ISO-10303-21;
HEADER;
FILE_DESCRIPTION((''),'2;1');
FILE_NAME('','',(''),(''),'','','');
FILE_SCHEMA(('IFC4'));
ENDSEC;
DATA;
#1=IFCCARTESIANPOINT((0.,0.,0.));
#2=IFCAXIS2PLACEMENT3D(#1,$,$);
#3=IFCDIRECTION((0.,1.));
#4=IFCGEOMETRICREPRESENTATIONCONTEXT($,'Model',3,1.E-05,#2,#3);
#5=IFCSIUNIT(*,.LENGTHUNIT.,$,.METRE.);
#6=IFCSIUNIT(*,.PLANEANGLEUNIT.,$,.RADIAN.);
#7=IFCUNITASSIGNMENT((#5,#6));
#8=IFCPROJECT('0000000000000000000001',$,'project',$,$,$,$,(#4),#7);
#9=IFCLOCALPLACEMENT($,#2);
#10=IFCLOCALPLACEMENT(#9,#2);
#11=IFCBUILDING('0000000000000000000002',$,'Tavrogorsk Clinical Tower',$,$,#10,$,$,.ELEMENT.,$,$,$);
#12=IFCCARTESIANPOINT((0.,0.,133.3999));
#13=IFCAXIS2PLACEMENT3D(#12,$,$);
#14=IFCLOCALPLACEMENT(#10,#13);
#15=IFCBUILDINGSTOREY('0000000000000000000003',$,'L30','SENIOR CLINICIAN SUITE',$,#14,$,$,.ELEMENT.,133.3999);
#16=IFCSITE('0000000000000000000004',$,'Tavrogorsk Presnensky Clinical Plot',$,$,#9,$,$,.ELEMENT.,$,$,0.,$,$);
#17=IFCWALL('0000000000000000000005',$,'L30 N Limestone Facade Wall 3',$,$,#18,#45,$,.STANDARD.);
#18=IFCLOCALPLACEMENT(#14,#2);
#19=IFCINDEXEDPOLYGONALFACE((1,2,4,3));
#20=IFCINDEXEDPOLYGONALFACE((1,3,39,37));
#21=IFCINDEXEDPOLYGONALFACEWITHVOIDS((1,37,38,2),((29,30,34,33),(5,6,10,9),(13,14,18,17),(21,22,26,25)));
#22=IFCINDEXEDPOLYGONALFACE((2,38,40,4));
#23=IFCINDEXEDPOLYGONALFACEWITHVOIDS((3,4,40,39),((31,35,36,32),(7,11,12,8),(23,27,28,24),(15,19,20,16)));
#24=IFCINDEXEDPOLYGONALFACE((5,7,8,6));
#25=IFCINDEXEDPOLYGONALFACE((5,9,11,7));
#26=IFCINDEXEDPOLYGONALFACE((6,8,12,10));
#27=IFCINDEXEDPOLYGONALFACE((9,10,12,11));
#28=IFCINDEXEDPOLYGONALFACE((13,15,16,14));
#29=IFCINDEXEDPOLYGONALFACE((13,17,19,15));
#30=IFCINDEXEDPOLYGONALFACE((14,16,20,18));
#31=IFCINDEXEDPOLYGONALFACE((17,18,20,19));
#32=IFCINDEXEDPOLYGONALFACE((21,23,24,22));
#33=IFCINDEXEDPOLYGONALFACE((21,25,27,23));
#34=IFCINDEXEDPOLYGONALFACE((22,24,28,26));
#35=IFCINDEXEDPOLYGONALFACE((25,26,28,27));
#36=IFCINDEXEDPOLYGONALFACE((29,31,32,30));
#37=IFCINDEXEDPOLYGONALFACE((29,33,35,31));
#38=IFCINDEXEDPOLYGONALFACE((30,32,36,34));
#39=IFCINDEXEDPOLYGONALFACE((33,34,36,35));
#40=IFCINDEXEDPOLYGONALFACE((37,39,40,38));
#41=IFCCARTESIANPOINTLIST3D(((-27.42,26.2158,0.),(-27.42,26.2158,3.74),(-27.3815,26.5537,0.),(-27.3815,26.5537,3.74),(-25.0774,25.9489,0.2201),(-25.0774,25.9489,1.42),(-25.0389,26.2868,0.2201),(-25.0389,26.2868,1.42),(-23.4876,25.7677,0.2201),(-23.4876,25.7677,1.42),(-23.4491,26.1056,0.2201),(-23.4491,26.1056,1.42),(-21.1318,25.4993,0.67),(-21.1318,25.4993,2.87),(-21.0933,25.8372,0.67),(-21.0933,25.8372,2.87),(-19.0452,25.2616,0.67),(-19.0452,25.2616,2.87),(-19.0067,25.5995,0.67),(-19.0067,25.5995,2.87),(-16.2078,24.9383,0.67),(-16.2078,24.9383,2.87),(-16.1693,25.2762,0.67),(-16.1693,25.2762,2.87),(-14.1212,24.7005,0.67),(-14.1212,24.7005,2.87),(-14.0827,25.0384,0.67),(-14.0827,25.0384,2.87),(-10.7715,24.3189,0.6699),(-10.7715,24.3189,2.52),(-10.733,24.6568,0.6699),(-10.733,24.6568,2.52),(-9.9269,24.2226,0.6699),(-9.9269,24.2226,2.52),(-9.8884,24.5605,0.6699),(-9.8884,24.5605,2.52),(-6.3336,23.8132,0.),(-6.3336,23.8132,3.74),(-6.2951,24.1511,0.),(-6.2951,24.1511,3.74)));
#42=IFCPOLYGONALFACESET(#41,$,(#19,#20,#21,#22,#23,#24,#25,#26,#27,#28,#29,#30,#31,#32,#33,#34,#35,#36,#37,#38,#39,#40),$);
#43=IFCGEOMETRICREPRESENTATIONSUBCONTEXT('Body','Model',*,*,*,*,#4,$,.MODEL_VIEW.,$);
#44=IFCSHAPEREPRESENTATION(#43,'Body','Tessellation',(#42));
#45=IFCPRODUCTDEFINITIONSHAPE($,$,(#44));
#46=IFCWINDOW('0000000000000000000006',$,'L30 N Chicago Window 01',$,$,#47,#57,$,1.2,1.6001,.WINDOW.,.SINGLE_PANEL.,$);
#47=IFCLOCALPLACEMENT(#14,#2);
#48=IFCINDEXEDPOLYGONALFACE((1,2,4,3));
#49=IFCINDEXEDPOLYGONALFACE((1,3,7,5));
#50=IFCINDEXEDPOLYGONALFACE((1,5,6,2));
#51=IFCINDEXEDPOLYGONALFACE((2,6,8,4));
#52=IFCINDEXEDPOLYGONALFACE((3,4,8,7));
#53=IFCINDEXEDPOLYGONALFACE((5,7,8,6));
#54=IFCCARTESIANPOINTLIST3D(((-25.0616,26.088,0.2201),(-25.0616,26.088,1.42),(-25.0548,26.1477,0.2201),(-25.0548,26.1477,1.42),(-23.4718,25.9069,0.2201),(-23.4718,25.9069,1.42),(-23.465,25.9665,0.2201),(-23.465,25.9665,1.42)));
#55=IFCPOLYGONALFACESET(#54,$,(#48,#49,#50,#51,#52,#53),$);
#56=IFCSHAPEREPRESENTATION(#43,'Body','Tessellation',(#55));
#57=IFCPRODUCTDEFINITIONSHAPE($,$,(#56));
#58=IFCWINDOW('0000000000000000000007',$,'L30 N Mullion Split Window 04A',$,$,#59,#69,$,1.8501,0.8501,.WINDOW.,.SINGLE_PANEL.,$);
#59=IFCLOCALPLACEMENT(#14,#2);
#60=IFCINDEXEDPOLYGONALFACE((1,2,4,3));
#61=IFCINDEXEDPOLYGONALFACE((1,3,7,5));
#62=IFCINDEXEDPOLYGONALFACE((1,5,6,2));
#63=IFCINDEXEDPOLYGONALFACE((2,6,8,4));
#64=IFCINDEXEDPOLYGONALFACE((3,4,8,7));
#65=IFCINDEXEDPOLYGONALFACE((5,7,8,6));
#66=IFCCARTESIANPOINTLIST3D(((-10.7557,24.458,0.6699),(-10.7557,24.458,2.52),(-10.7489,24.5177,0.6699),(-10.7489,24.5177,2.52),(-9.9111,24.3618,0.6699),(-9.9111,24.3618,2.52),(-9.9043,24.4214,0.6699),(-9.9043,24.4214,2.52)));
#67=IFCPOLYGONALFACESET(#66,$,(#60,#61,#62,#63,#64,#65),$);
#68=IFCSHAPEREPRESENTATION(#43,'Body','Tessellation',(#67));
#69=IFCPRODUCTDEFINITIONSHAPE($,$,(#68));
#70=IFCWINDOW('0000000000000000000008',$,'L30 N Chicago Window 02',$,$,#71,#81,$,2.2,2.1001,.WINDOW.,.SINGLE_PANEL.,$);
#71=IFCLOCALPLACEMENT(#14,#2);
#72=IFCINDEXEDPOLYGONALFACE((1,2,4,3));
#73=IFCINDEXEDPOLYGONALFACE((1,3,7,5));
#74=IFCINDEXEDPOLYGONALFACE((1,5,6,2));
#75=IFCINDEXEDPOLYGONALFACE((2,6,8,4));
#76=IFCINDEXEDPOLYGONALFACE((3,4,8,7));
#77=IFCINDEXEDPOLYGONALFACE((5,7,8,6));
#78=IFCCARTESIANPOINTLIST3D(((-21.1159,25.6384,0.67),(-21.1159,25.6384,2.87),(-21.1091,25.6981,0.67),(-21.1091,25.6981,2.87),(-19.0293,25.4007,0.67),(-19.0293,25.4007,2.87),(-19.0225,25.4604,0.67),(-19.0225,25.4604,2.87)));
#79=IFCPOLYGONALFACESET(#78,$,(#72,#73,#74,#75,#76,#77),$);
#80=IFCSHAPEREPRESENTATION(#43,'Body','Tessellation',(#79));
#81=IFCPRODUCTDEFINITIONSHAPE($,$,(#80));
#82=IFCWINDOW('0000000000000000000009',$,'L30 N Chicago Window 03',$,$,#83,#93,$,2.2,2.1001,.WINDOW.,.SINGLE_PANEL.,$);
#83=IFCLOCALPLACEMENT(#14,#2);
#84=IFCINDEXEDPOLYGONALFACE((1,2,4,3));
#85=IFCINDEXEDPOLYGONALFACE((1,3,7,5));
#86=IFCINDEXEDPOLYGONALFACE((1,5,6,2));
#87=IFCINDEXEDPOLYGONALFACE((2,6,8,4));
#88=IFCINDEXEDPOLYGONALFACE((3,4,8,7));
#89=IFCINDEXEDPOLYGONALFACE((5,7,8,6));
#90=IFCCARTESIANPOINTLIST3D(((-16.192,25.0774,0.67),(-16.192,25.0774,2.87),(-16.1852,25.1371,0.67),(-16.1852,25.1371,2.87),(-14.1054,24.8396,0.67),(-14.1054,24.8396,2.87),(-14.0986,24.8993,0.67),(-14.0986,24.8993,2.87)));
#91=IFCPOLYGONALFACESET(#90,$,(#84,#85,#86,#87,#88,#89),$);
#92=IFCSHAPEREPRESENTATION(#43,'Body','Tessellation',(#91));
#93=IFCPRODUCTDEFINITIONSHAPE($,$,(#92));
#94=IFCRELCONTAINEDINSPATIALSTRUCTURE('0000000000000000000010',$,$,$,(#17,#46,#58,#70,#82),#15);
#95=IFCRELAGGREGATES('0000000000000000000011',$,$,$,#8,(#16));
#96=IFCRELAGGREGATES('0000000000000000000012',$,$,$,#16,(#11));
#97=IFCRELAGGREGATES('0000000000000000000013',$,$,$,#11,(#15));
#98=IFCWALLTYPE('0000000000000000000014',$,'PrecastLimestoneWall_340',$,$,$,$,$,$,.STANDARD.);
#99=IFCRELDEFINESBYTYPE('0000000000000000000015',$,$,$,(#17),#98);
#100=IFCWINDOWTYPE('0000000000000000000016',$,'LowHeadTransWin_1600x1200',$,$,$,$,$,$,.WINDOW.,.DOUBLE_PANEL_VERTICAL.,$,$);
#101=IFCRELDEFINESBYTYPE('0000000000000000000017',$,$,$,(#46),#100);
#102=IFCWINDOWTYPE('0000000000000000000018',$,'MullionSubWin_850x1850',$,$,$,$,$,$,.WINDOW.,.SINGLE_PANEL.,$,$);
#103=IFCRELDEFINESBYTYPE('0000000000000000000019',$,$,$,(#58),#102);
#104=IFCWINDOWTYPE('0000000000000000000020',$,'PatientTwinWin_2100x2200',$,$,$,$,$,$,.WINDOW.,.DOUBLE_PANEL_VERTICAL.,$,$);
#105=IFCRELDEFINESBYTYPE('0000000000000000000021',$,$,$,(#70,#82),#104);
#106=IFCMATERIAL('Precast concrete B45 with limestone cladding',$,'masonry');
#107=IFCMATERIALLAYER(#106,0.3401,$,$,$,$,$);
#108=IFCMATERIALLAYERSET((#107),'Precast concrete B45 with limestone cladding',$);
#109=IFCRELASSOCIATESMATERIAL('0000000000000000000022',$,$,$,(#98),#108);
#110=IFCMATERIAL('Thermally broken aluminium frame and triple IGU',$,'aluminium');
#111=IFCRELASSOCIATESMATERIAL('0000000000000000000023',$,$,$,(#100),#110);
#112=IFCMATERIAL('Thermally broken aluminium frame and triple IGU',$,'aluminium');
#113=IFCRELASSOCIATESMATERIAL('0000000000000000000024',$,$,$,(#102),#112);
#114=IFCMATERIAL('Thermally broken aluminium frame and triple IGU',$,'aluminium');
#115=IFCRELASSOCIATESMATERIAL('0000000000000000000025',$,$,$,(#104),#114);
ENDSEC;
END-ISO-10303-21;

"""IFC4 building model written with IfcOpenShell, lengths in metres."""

from ifc_helpers import new_model, si_unit, direction, frame, frame_2d, origin, place, context, subcontext, project, spatial, rectangle, extrude, material, layer, layer_set, type_object, element, fill, save


model = new_model("IFC4")

# Units and contexts
model_context = context("Model", 3, precision=1e-05, world=origin(), true_north=direction((0.0, 1.0)))
body_context = subcontext(model_context, "Body", "Model", "MODEL_VIEW")
ifc_project = project(units=[si_unit("LENGTHUNIT", "METRE"), si_unit("PLANEANGLEUNIT", "RADIAN")], contexts=[model_context])

# Site, building, storey
site_placement = place(None, origin())
site = spatial("IfcSite", under=ifc_project, at=site_placement, Name="Tavrogorsk Presnensky Clinical Plot", CompositionType="ELEMENT", RefElevation=0.0)
building_placement = place(site_placement, origin())
building = spatial("IfcBuilding", under=site, at=building_placement, Name="Tavrogorsk Clinical Tower", CompositionType="ELEMENT")
storey_placement = place(building_placement, frame((0.0, 0.0, 133.3999)))
storey = spatial("IfcBuildingStorey", under=building, at=storey_placement, Name="L30", Description="SENIOR CLINICIAN SUITE", CompositionType="ELEMENT", Elevation=133.3999)

# Wall, openings, windows
ifc_material_1 = material(Name="Precast concrete B45 with limestone cladding", Category="masonry")
ifc_layer_1 = layer(ifc_material_1, 0.3401)
ifc_layer_set_1 = layer_set([ifc_layer_1], Name="Precast concrete B45 with limestone cladding")
wall_type_1 = type_object("IfcWallType", Name="PrecastLimestoneWall_340", PredefinedType="STANDARD", material=ifc_layer_set_1)
wall_1_placement = place(storey_placement, frame((-6.3145, 23.9822, 0.0), z_axis=(0.0, 0.0, 1.0), x_axis=(-0.993571, 0.113208, 0.0)))
wall_1 = element("IfcWall", 1, at=wall_1_placement, inside=storey, type_object=wall_type_1, Name="L30 N Limestone Facade Wall 3", PredefinedType="STANDARD", context=body_context, shape_type="SweptSolid", body=[
    extrude(rectangle(XDim=21.2229, YDim=0.3401, at=frame_2d((10.6113, 0.0))), origin(), (0.0, 0.0, 1.0), 3.74),
])
opening_1_placement = place(wall_1_placement, frame((17.2649, 0.0, 0.22)))
opening_1 = element("IfcOpeningElement", 2, at=opening_1_placement, cuts=wall_1, PredefinedType="OPENING", context=body_context, shape_type="SweptSolid", body=[
    extrude(rectangle(XDim=1.6001, YDim=1.2, at=frame_2d((0.8, 0.6001))), frame((0.0, 0.1799, 0.0), z_axis=(0.0, -1.0, 0.0), x_axis=(1.0, 0.0, 0.0)), (0.0, 0.0, 1.0), 0.3601),
])
opening_2_placement = place(wall_1_placement, frame((12.7937, 0.0, 0.6699)))
opening_2 = element("IfcOpeningElement", 3, at=opening_2_placement, cuts=wall_1, PredefinedType="OPENING", context=body_context, shape_type="SweptSolid", body=[
    extrude(rectangle(XDim=2.1001, YDim=2.2, at=frame_2d((1.05, 1.1001))), frame((0.0, 0.1799, 0.0), z_axis=(0.0, -1.0, 0.0), x_axis=(1.0, 0.0, 0.0)), (0.0, 0.0, 1.0), 0.3601),
])
opening_3_placement = place(wall_1_placement, frame((7.8379, 0.0, 0.6699)))
opening_3 = element("IfcOpeningElement", 4, at=opening_3_placement, cuts=wall_1, PredefinedType="OPENING", context=body_context, shape_type="SweptSolid", body=[
    extrude(rectangle(XDim=2.1001, YDim=2.2, at=frame_2d((1.05, 1.1001))), frame((0.0, 0.1799, 0.0), z_axis=(0.0, -1.0, 0.0), x_axis=(1.0, 0.0, 0.0)), (0.0, 0.0, 1.0), 0.3601),
])
opening_4_placement = place(wall_1_placement, frame((3.6165, 0.0, 0.6699)))
opening_4 = element("IfcOpeningElement", 5, at=opening_4_placement, cuts=wall_1, PredefinedType="OPENING", context=body_context, shape_type="SweptSolid", body=[
    extrude(rectangle(XDim=0.8501, YDim=1.8501, at=frame_2d((0.425, 0.925))), frame((0.0, 0.1799, 0.0), z_axis=(0.0, -1.0, 0.0), x_axis=(1.0, 0.0, 0.0)), (0.0, 0.0, 1.0), 0.3601),
])
ifc_material_2 = material(Name="Thermally broken aluminium frame and triple IGU", Category="aluminium")
window_type_1 = type_object("IfcWindowType", Name="LowHeadTransWin_1600x1200", PartitioningType="DOUBLE_PANEL_VERTICAL", PredefinedType="WINDOW", material=ifc_material_2)
window_1_placement = place(opening_1_placement, origin())
window_1 = element("IfcWindow", 6, at=window_1_placement, inside=storey, type_object=window_type_1, Name="L30 N Chicago Window 01", OverallHeight=1.2, OverallWidth=1.6001, PartitioningType="SINGLE_PANEL", PredefinedType="WINDOW", context=body_context, shape_type="SweptSolid", body=[
    extrude(rectangle(XDim=1.6001, YDim=1.2, at=frame_2d((0.8, 0.6001))), frame((0.0, 0.03, 0.0), z_axis=(0.0, -1.0, 0.0), x_axis=(1.0, 0.0, 0.0)), (0.0, 0.0, 1.0), 0.0601),
])
fill(opening_1, window_1)
ifc_material_3 = material(Name="Thermally broken aluminium frame and triple IGU", Category="aluminium")
window_type_2 = type_object("IfcWindowType", Name="MullionSubWin_850x1850", PartitioningType="SINGLE_PANEL", PredefinedType="WINDOW", material=ifc_material_3)
window_2_placement = place(opening_4_placement, origin())
window_2 = element("IfcWindow", 7, at=window_2_placement, inside=storey, type_object=window_type_2, Name="L30 N Mullion Split Window 04A", OverallHeight=1.8501, OverallWidth=0.8501, PartitioningType="SINGLE_PANEL", PredefinedType="WINDOW", context=body_context, shape_type="SweptSolid", body=[
    extrude(rectangle(XDim=0.8501, YDim=1.8501, at=frame_2d((0.425, 0.925))), frame((0.0, 0.03, 0.0), z_axis=(0.0, -1.0, 0.0), x_axis=(1.0, 0.0, 0.0)), (0.0, 0.0, 1.0), 0.0601),
])
fill(opening_4, window_2)
ifc_material_4 = material(Name="Thermally broken aluminium frame and triple IGU", Category="aluminium")
window_type_3 = type_object("IfcWindowType", Name="PatientTwinWin_2100x2200", PartitioningType="DOUBLE_PANEL_VERTICAL", PredefinedType="WINDOW", material=ifc_material_4)
window_3_placement = place(opening_2_placement, origin())
window_3 = element("IfcWindow", 8, at=window_3_placement, inside=storey, type_object=window_type_3, Name="L30 N Chicago Window 02", OverallHeight=2.2, OverallWidth=2.1001, PartitioningType="SINGLE_PANEL", PredefinedType="WINDOW", context=body_context, shape_type="SweptSolid", body=[
    extrude(rectangle(XDim=2.1001, YDim=2.2, at=frame_2d((1.05, 1.1001))), frame((0.0, 0.03, 0.0), z_axis=(0.0, -1.0, 0.0), x_axis=(1.0, 0.0, 0.0)), (0.0, 0.0, 1.0), 0.0601),
])
fill(opening_2, window_3)
window_4_placement = place(opening_3_placement, origin())
window_4 = element("IfcWindow", 9, at=window_4_placement, inside=storey, type_object=window_type_3, Name="L30 N Chicago Window 03", OverallHeight=2.2, OverallWidth=2.1001, PartitioningType="SINGLE_PANEL", PredefinedType="WINDOW", context=body_context, shape_type="SweptSolid", body=[
    extrude(rectangle(XDim=2.1001, YDim=2.2, at=frame_2d((1.05, 1.1001))), frame((0.0, 0.03, 0.0), z_axis=(0.0, -1.0, 0.0), x_axis=(1.0, 0.0, 0.0)), (0.0, 0.0, 1.0), 0.0601),
])
fill(opening_3, window_4)

save(model, "model.ifc")
